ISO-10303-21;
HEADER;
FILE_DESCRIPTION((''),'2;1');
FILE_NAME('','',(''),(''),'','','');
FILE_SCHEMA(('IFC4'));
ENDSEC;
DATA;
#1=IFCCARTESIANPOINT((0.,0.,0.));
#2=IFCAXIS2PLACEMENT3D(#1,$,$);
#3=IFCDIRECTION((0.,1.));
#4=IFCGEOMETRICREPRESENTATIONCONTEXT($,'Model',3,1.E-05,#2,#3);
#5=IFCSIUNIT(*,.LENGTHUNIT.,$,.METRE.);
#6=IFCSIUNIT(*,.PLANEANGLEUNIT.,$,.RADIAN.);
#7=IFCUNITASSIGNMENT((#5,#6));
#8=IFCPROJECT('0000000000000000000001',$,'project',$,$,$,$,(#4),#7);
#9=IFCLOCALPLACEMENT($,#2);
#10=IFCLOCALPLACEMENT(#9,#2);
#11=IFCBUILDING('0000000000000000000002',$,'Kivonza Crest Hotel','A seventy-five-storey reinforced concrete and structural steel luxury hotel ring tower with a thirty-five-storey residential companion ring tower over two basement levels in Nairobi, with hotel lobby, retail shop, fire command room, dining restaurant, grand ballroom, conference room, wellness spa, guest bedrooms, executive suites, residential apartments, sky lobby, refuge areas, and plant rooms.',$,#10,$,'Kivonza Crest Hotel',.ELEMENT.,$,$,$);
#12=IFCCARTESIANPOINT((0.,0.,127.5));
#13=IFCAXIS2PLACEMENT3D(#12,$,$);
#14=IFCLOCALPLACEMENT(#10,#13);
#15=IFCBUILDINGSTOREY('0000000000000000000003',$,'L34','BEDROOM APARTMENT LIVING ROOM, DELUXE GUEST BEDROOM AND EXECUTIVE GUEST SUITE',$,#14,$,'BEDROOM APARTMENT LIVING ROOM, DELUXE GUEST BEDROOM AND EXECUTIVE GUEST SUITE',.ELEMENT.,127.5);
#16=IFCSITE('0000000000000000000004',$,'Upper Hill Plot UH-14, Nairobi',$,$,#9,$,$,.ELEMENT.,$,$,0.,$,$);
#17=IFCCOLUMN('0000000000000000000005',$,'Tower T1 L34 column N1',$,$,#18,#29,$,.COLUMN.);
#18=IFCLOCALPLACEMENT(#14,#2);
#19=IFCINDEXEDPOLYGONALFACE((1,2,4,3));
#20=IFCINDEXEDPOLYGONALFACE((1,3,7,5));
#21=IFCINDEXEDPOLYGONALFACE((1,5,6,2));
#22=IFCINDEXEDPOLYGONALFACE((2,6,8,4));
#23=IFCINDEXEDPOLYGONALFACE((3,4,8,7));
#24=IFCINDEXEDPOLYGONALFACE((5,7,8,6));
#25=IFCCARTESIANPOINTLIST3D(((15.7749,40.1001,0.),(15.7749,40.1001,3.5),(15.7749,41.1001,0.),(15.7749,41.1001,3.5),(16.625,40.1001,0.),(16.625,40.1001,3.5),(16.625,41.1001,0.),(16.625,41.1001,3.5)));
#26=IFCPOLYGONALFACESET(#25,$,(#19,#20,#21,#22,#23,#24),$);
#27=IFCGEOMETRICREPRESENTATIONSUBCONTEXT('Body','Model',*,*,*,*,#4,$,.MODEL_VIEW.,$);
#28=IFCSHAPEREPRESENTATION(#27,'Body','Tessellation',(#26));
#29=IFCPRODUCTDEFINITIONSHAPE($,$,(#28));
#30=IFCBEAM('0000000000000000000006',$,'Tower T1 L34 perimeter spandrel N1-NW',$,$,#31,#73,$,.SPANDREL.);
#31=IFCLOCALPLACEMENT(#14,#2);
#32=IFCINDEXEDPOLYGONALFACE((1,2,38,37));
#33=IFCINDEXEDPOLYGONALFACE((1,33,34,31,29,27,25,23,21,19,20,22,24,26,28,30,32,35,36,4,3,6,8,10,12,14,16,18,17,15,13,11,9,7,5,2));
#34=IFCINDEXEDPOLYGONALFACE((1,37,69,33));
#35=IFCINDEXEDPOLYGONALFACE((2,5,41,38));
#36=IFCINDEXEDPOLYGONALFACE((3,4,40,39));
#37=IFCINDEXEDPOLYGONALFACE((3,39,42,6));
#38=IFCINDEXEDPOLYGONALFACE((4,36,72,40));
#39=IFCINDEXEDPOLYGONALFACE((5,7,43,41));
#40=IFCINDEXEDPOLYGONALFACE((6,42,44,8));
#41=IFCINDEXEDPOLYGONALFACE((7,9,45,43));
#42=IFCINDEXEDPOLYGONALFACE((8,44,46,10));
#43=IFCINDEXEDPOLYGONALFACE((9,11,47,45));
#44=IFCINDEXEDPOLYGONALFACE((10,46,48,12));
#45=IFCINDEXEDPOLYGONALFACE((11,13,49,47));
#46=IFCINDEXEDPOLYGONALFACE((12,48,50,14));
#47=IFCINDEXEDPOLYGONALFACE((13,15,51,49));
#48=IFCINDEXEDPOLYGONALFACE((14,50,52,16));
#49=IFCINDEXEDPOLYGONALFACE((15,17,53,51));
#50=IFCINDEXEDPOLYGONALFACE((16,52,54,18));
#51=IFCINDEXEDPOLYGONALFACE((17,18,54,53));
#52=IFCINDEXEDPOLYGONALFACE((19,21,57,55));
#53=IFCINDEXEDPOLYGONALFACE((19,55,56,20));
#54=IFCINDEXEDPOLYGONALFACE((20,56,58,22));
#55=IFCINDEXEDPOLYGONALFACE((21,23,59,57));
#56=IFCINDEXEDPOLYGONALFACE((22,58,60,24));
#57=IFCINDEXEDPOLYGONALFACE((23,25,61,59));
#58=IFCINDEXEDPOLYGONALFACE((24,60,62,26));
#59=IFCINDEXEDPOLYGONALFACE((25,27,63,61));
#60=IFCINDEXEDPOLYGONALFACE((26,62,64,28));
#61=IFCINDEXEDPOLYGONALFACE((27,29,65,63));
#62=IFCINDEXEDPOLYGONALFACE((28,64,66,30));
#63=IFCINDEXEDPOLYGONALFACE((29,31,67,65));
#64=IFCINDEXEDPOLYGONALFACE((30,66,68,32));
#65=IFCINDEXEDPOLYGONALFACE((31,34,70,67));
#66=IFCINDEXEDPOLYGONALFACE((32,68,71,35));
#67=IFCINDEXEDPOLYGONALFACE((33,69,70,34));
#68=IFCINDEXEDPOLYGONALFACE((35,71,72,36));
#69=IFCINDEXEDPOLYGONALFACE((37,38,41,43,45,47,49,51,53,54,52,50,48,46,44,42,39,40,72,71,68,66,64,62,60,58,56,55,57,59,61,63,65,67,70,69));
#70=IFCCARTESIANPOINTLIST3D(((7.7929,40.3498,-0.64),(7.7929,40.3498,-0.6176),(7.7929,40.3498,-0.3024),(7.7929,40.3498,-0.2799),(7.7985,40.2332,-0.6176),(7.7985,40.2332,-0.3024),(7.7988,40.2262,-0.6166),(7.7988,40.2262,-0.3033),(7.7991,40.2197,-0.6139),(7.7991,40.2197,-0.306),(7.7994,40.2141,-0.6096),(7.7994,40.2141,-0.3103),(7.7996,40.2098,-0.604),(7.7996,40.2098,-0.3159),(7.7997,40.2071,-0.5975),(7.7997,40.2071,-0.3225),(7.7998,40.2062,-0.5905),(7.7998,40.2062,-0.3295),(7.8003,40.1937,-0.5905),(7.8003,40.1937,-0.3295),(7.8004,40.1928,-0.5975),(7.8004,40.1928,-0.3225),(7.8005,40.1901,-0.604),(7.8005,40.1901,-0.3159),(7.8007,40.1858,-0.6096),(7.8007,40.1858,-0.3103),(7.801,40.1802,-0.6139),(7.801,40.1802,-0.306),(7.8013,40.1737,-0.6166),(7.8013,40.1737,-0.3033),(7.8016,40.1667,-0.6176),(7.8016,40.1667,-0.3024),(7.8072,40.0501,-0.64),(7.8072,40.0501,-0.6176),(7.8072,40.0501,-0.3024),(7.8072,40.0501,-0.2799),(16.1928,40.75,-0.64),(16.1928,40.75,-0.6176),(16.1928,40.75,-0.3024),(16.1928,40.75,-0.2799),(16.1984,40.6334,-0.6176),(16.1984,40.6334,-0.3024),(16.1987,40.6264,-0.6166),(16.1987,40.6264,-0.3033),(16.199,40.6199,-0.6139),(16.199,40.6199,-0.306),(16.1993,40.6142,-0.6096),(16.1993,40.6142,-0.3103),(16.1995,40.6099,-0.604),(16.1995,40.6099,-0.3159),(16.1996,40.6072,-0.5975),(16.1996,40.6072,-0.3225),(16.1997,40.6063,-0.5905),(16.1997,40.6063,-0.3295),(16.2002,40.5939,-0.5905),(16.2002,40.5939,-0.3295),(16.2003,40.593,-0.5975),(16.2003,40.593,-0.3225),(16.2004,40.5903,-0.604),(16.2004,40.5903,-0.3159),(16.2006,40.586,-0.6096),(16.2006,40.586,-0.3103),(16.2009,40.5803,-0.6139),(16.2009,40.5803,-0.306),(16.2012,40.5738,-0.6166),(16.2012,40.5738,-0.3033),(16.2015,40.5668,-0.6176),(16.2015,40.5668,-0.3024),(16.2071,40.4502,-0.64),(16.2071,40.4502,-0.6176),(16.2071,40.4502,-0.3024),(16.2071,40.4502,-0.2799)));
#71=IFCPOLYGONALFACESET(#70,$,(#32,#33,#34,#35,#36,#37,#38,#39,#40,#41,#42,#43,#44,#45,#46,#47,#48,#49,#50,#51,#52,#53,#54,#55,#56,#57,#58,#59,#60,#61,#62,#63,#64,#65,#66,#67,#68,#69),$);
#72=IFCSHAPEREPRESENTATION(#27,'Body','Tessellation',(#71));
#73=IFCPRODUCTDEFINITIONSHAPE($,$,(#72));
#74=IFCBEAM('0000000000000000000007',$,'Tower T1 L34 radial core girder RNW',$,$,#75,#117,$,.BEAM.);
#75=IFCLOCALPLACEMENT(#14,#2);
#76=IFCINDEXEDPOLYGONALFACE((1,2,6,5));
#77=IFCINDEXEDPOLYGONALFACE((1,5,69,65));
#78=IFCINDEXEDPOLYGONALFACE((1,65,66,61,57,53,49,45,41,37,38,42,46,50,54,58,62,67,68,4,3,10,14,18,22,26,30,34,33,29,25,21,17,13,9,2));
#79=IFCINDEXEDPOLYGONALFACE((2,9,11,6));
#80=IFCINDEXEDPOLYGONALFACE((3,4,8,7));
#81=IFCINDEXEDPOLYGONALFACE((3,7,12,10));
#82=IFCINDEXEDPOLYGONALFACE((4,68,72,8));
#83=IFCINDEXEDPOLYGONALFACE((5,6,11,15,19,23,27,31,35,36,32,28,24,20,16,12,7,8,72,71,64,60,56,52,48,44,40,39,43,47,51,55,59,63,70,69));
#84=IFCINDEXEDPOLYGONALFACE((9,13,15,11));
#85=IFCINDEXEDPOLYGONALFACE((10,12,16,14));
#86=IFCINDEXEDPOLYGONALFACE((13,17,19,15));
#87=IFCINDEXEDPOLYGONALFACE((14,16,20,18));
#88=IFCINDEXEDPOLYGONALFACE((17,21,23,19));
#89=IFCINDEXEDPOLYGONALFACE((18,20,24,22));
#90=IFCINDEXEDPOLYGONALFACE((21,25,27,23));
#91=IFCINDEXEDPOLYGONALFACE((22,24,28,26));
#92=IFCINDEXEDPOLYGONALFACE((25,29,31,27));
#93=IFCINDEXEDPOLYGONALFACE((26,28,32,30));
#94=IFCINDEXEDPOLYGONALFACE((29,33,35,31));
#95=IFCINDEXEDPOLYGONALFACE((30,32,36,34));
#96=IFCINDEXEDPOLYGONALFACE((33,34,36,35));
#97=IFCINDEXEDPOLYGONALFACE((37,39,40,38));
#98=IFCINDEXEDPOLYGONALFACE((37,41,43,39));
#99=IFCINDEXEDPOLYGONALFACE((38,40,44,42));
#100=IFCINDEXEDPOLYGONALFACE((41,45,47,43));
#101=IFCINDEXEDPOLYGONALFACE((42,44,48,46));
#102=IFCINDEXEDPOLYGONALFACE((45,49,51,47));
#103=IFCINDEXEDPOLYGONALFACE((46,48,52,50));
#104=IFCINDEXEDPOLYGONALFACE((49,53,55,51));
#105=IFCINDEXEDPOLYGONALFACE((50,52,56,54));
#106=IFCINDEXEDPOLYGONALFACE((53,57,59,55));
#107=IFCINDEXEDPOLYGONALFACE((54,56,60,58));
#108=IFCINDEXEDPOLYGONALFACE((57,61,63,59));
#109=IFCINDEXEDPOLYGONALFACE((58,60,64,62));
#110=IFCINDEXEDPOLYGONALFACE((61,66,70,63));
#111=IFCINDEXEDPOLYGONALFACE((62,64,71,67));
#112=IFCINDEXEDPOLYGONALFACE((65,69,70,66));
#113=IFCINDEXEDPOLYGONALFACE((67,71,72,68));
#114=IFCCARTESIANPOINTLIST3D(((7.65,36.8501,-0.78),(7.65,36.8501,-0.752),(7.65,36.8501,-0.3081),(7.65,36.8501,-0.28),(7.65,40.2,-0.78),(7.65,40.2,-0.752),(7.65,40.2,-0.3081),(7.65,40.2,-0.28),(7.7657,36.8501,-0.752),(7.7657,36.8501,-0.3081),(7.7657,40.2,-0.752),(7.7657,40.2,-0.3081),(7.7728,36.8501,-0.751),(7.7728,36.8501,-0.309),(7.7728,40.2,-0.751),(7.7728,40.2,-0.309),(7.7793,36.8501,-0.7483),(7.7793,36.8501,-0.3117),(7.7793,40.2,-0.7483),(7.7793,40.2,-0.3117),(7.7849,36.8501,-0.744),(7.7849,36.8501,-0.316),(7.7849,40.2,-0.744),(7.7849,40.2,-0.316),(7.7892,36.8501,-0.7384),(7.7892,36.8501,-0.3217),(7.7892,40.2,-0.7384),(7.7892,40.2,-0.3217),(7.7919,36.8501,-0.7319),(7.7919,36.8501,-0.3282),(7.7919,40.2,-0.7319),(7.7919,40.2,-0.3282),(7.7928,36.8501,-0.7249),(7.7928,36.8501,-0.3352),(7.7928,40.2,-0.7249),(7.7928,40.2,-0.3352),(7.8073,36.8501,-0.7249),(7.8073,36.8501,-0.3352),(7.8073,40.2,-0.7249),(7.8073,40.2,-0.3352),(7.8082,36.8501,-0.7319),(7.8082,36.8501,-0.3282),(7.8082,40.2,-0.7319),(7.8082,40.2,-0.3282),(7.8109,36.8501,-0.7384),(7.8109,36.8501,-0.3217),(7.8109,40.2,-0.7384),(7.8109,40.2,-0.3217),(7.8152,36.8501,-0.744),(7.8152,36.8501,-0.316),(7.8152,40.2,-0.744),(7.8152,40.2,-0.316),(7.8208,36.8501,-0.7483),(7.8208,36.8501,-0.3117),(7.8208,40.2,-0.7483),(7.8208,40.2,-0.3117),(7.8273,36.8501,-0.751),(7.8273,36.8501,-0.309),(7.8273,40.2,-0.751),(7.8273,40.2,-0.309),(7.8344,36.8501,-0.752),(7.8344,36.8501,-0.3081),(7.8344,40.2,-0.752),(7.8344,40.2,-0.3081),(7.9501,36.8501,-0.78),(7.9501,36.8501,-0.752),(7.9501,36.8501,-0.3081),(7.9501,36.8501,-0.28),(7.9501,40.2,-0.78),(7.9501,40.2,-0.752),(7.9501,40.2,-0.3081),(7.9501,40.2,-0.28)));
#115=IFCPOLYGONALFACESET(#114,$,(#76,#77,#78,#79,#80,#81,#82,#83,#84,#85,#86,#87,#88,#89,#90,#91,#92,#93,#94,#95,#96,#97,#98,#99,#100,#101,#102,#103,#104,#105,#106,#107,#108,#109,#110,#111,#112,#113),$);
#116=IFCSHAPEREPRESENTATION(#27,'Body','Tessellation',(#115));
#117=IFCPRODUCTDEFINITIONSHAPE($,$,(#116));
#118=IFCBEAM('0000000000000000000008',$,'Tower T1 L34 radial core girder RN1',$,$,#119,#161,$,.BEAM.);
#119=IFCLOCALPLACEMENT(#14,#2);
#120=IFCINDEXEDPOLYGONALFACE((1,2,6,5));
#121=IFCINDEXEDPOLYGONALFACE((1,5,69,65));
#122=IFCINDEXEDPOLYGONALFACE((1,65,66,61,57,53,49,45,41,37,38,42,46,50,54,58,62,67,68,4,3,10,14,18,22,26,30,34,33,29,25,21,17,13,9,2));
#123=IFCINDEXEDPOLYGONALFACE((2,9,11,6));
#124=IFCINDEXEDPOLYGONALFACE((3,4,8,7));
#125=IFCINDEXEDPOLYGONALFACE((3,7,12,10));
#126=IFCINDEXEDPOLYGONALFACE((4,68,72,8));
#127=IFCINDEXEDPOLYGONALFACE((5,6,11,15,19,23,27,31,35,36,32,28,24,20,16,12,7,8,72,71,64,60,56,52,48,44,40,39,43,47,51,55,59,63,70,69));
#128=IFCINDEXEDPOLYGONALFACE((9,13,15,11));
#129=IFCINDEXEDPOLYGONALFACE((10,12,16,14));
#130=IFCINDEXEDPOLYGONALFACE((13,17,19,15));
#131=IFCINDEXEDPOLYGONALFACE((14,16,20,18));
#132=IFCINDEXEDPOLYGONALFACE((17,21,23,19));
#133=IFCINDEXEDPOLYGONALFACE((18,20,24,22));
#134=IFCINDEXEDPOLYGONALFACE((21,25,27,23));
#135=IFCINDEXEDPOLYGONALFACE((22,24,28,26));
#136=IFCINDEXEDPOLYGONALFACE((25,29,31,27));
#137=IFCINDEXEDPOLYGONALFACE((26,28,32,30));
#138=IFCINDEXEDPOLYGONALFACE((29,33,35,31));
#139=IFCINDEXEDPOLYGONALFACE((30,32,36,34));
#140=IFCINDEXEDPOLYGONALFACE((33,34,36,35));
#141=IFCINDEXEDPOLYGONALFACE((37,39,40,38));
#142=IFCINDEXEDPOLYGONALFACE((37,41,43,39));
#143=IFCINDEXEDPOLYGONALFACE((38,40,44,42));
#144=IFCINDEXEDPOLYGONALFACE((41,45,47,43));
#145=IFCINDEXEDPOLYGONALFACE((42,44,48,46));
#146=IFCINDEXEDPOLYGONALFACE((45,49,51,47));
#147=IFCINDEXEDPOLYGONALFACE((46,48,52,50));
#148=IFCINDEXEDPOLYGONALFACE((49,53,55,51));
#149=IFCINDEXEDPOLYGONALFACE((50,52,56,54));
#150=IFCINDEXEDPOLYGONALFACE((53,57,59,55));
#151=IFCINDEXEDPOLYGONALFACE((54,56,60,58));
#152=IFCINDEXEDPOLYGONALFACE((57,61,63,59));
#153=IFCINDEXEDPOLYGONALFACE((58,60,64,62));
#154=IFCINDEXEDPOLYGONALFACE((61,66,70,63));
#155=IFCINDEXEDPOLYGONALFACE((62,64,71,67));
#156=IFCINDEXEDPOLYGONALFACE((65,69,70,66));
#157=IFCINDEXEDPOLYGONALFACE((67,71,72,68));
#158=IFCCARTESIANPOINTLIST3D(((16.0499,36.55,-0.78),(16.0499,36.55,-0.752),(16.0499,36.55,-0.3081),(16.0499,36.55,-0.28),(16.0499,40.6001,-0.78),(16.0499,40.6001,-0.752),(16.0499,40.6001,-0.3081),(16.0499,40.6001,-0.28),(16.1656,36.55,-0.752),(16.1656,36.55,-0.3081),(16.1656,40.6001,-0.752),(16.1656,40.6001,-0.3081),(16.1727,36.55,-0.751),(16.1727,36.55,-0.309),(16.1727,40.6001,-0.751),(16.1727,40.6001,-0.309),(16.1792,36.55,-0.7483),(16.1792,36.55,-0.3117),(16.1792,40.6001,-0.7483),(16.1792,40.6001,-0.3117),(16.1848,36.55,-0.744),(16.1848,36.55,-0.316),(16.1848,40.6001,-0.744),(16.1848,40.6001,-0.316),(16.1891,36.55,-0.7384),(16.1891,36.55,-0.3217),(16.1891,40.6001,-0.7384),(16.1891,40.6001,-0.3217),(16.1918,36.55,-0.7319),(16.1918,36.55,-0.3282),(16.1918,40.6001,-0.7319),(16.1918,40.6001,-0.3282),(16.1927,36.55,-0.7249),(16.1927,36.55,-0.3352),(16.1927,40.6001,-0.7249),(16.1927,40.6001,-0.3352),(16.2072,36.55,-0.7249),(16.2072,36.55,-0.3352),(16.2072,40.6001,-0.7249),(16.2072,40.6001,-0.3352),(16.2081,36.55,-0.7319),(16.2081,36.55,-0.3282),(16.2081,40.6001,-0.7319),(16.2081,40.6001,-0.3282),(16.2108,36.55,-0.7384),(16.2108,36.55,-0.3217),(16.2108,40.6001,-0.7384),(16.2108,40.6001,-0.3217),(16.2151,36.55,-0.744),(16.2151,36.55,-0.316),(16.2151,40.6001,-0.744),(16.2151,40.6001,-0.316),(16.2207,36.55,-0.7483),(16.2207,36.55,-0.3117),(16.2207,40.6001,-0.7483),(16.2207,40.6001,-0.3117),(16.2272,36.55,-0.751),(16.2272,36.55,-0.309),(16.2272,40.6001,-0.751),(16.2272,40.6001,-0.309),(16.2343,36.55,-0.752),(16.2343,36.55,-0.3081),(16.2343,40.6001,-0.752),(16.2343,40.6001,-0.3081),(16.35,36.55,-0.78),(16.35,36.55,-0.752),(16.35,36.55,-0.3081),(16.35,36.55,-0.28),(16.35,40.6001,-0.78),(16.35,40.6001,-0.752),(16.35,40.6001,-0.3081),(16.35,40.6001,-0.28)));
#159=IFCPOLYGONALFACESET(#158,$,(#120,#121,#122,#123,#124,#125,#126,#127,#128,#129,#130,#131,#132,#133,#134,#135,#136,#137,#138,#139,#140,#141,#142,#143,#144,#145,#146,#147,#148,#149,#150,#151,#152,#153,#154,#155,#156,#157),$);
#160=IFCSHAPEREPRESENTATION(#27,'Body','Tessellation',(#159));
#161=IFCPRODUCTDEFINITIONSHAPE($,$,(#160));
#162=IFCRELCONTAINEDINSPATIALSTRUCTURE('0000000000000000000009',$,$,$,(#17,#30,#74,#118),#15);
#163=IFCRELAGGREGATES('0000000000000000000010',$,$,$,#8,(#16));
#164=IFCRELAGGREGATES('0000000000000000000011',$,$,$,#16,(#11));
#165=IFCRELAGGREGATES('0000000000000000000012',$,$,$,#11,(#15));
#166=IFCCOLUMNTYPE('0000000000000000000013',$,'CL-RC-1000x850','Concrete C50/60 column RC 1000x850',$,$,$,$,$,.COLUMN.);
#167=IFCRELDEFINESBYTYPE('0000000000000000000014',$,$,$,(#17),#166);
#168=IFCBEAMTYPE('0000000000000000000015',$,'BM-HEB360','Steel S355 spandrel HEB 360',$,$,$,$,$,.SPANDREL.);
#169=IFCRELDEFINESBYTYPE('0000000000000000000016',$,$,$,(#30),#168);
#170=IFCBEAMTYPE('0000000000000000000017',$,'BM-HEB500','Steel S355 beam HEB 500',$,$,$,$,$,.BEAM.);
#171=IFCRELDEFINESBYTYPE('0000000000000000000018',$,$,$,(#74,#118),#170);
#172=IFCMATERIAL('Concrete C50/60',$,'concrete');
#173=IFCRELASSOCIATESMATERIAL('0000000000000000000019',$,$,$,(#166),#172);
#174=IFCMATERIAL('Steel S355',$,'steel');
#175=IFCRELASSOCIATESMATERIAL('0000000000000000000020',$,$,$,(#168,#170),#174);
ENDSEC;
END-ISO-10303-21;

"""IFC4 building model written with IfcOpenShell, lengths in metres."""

from ifc_helpers import new_model, si_unit, direction, frame, origin, origin_2d, place, context, subcontext, project, spatial, rectangle, i_section, extrude, material, material_profile, profile_set, type_object, element, save


model = new_model("IFC4")

# Units and contexts
model_context = context("Model", 3, precision=1e-05, world=origin(), true_north=direction((0.0, 1.0)))
body_context = subcontext(model_context, "Body", "Model", "MODEL_VIEW")
ifc_project = project(units=[si_unit("LENGTHUNIT", "METRE"), si_unit("PLANEANGLEUNIT", "RADIAN")], contexts=[model_context])

# Site, building, storey
site_placement = place(None, origin())
site = spatial("IfcSite", under=ifc_project, at=site_placement, Name="Upper Hill Plot UH-14, Nairobi", CompositionType="ELEMENT", RefElevation=0.0)
building_placement = place(site_placement, origin())
building = spatial("IfcBuilding", under=site, at=building_placement, Name="Kivonza Crest Hotel", Description="A seventy-five-storey reinforced concrete and structural steel luxury hotel ring tower with a thirty-five-storey residential companion ring tower over two basement levels in Nairobi, with hotel lobby, retail shop, fire command room, dining restaurant, grand ballroom, conference room, wellness spa, guest bedrooms, executive suites, residential apartments, sky lobby, refuge areas, and plant rooms.", LongName="Kivonza Crest Hotel", CompositionType="ELEMENT")
storey_placement = place(building_placement, frame((0.0, 0.0, 127.5)))
storey = spatial("IfcBuildingStorey", under=building, at=storey_placement, Name="L34", Description="BEDROOM APARTMENT LIVING ROOM, DELUXE GUEST BEDROOM AND EXECUTIVE GUEST SUITE", LongName="BEDROOM APARTMENT LIVING ROOM, DELUXE GUEST BEDROOM AND EXECUTIVE GUEST SUITE", CompositionType="ELEMENT", Elevation=127.5)

# Column
ifc_material_1 = material(Name="Concrete C50/60", Category="concrete")
ifc_material_profile_1 = material_profile(ifc_material_1, rectangle(XDim=0.8501, YDim=1.0, at=origin_2d()), Name="RC 1000x850")
ifc_profile_set_1 = profile_set([ifc_material_profile_1], Name="Concrete C50/60")
column_type = type_object("IfcColumnType", Name="CL-RC-1000x850", Description="Concrete C50/60 column RC 1000x850", PredefinedType="COLUMN", material=ifc_profile_set_1)
column_placement = place(storey_placement, frame((16.2, 40.6001, 0.0), z_axis=(0.0, 0.0, 1.0), x_axis=(1.0, 0.0, 0.0)))
element("IfcColumn", 1, at=column_placement, inside=storey, type_object=column_type, Name="Tower T1 L34 column N1", PredefinedType="COLUMN", context=body_context, shape_type="SweptSolid", body=[
    extrude(rectangle(XDim=0.8501, YDim=1.0, at=origin_2d()), origin(), (0.0, 0.0, 1.0), 3.5),
])

# Beams
ifc_material_2 = material(Name="Steel S355", Category="steel")
ifc_material_profile_2 = material_profile(ifc_material_2, i_section(OverallWidth=0.3, OverallDepth=0.3601, WebThickness=0.0125, FlangeThickness=0.0225, FilletRadius=0.0271, at=origin_2d()), Name="HEB 360")
ifc_profile_set_2 = profile_set([ifc_material_profile_2], Name="Steel S355")
beam_type_1 = type_object("IfcBeamType", Name="BM-HEB360", Description="Steel S355 spandrel HEB 360", PredefinedType="SPANDREL", material=ifc_profile_set_2)
beam_1_placement = place(storey_placement, frame((16.2, 40.6001, -0.46), z_axis=(-0.998867, -0.047583, 0.0), x_axis=(0.047583, -0.998867, 0.0)))
element("IfcBeam", 2, at=beam_1_placement, inside=storey, type_object=beam_type_1, Name="Tower T1 L34 perimeter spandrel N1-NW", PredefinedType="SPANDREL", context=body_context, shape_type="SweptSolid", body=[
    extrude(i_section(OverallWidth=0.3, OverallDepth=0.3601, WebThickness=0.0125, FlangeThickness=0.0225, FilletRadius=0.0271, at=origin_2d()), origin(), (0.0, 0.0, 1.0), 8.4094),
])
ifc_material_profile_3 = material_profile(ifc_material_2, i_section(OverallWidth=0.3, OverallDepth=0.5, WebThickness=0.0144, FlangeThickness=0.0281, FilletRadius=0.0271, at=origin_2d()), Name="HEB 500")
ifc_profile_set_3 = profile_set([ifc_material_profile_3], Name="Steel S355")
beam_type_2 = type_object("IfcBeamType", Name="BM-HEB500", Description="Steel S355 beam HEB 500", PredefinedType="BEAM", material=ifc_profile_set_3)
beam_2_placement = place(storey_placement, frame((7.8, 40.2, -0.53), z_axis=(0.0, -1.0, 0.0), x_axis=(1.0, 0.0, 0.0)))
element("IfcBeam", 3, at=beam_2_placement, inside=storey, type_object=beam_type_2, Name="Tower T1 L34 radial core girder RNW", PredefinedType="BEAM", context=body_context, shape_type="SweptSolid", body=[
    extrude(i_section(OverallWidth=0.3, OverallDepth=0.5, WebThickness=0.0144, FlangeThickness=0.0281, FilletRadius=0.0271, at=origin_2d()), origin(), (0.0, 0.0, 1.0), 3.3499),
])
beam_3_placement = place(storey_placement, frame((16.2, 40.6001, -0.53), z_axis=(0.0, -1.0, 0.0), x_axis=(1.0, 0.0, 0.0)))
element("IfcBeam", 4, at=beam_3_placement, inside=storey, type_object=beam_type_2, Name="Tower T1 L34 radial core girder RN1", PredefinedType="BEAM", context=body_context, shape_type="SweptSolid", body=[
    extrude(i_section(OverallWidth=0.3, OverallDepth=0.5, WebThickness=0.0144, FlangeThickness=0.0281, FilletRadius=0.0271, at=origin_2d()), origin(), (0.0, 0.0, 1.0), 4.05),
])

save(model, "model.ifc")
